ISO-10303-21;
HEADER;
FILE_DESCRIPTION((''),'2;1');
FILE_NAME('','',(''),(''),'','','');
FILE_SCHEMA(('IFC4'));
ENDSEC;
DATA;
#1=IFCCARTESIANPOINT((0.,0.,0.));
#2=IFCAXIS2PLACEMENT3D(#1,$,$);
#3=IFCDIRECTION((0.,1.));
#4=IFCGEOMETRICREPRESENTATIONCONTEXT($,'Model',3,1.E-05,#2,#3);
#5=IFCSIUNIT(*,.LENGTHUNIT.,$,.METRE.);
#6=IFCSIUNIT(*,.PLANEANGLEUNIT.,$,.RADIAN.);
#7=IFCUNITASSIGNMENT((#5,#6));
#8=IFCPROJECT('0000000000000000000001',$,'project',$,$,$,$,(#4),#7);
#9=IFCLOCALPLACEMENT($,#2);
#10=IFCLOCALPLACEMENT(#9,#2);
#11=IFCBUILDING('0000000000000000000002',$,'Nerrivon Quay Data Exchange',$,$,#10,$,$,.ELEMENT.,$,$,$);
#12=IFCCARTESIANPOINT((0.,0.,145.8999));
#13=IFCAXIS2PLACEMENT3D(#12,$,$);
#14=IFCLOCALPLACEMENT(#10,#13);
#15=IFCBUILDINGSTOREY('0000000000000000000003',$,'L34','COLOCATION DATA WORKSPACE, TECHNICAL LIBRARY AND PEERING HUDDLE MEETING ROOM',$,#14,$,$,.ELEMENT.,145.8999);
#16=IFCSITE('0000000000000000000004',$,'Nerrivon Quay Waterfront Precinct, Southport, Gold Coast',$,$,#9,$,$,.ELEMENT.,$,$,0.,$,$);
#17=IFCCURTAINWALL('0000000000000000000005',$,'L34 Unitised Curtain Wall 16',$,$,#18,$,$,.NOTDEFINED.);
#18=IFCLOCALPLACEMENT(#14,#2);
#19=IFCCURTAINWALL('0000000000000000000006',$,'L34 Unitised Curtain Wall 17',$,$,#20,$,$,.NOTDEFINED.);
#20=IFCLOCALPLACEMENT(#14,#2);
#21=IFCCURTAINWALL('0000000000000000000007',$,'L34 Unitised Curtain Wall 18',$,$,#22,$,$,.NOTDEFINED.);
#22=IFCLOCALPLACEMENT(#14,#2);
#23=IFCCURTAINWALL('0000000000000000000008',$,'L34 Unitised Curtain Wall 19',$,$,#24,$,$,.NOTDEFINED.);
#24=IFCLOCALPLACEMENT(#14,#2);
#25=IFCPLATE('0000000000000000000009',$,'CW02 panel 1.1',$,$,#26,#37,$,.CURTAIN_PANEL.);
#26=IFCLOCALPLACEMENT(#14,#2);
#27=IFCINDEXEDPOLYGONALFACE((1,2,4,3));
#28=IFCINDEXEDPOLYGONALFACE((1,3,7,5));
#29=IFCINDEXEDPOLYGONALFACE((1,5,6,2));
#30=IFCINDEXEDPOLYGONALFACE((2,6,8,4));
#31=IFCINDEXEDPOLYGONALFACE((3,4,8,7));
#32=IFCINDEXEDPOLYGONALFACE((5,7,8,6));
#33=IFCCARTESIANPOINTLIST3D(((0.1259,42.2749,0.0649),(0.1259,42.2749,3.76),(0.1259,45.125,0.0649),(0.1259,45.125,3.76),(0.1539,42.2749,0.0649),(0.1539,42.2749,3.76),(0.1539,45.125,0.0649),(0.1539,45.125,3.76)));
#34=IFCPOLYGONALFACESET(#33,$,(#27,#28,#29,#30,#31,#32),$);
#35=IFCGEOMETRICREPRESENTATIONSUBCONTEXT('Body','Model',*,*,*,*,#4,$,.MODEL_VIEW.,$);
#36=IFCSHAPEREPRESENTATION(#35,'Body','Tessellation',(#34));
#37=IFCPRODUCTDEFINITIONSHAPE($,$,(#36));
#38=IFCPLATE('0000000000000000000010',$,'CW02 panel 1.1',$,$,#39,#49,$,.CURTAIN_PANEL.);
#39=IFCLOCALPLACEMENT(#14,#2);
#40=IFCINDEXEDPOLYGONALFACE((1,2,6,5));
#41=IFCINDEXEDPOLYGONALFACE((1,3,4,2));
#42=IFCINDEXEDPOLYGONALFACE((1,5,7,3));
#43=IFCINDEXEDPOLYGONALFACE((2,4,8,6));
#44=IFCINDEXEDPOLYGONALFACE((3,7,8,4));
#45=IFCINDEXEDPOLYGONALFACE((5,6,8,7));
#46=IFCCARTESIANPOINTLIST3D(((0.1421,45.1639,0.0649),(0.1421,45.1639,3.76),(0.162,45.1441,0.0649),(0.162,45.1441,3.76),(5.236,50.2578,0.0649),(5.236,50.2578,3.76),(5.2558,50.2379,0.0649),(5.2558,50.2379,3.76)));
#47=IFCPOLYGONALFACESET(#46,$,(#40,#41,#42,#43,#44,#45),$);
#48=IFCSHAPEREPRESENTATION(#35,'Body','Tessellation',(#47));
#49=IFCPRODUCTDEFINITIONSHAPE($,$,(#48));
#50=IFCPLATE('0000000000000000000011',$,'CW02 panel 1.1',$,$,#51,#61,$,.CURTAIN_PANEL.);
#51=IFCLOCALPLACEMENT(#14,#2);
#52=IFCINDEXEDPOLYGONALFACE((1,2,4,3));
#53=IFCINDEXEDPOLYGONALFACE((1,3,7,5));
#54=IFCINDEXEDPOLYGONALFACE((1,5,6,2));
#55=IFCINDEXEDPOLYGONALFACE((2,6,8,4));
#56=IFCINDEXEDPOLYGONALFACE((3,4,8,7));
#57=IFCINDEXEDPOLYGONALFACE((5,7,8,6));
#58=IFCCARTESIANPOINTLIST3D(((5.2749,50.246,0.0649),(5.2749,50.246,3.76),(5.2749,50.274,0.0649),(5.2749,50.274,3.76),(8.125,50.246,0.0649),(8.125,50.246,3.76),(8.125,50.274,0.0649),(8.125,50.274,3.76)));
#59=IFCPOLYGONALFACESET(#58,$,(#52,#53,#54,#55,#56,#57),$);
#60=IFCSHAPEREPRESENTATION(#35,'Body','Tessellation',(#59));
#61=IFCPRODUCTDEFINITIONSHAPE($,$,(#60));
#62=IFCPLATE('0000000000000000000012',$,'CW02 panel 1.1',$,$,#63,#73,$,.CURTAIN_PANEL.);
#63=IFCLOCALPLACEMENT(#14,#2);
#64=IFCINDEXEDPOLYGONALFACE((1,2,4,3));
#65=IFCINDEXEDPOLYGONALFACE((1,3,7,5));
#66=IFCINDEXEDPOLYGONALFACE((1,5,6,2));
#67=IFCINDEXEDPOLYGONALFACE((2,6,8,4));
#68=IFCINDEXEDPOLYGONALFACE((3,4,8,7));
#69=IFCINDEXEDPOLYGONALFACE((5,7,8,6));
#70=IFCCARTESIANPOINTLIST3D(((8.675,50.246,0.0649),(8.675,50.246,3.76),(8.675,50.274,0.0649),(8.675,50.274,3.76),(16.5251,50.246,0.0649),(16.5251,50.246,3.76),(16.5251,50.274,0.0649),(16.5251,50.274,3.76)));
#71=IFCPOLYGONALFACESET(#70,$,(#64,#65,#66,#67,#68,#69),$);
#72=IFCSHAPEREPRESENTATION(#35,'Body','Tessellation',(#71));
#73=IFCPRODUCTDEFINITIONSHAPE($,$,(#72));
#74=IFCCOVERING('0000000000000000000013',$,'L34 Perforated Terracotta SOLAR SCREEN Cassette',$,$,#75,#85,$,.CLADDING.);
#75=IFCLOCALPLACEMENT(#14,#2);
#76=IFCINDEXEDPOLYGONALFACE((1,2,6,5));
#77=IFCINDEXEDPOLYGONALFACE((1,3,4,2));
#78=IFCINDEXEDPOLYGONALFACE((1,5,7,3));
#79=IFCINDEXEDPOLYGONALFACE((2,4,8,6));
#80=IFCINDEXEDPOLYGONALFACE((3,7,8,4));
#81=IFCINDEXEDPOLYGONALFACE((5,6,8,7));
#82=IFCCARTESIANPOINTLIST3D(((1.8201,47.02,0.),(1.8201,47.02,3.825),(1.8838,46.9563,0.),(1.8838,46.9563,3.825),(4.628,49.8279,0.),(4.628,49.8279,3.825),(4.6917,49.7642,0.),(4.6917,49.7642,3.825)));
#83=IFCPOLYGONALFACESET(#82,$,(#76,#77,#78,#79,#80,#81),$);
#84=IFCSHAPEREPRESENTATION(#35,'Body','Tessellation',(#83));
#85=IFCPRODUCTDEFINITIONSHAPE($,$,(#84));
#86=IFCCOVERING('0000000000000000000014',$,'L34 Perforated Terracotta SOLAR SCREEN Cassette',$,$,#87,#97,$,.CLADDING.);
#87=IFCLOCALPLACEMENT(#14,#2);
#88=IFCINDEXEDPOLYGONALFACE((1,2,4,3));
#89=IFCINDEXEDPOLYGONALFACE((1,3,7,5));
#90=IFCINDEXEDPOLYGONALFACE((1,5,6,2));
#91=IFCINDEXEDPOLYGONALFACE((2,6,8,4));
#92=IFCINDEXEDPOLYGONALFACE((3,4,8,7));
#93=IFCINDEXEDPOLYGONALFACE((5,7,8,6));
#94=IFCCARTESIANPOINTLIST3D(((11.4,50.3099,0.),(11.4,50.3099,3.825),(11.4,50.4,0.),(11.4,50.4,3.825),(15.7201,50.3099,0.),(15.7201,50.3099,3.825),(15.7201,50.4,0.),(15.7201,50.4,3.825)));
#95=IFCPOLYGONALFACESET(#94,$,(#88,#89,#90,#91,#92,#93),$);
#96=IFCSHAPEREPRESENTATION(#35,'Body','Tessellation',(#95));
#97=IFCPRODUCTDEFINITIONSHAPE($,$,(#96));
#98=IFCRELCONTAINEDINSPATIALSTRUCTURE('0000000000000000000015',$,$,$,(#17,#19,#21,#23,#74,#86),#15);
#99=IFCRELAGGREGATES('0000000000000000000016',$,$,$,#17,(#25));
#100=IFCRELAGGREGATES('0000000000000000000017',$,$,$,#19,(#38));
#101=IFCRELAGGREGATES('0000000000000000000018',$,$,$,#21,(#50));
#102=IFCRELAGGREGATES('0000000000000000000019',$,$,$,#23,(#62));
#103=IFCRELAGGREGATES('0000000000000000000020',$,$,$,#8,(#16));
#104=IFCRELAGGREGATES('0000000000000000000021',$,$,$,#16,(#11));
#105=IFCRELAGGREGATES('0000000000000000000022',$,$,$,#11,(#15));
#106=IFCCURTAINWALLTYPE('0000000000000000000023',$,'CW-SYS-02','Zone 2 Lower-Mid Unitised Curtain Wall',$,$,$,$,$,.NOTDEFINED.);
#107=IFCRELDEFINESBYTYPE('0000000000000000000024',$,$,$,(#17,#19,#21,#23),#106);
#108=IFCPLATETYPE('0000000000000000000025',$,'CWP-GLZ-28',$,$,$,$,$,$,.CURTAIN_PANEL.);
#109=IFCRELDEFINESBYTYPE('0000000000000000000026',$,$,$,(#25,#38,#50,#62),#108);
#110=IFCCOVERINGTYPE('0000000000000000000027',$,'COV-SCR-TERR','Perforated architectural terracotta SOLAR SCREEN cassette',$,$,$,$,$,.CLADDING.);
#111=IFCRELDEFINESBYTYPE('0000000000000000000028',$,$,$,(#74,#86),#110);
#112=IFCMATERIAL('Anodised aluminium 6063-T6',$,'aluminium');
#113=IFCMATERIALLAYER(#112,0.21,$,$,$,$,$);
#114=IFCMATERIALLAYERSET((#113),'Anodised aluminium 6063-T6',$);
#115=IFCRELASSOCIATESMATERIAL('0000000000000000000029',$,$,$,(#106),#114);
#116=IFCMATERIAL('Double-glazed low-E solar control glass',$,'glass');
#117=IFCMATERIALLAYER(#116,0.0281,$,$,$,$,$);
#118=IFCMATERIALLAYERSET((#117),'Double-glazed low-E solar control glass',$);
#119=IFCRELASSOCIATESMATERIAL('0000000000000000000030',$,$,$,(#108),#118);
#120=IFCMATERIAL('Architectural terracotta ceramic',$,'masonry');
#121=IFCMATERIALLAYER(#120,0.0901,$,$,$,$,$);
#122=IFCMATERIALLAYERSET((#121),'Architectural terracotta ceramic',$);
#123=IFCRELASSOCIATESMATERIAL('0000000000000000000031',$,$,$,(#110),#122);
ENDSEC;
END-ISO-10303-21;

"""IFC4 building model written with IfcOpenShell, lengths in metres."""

from ifc_helpers import new_model, si_unit, direction, frame, origin, origin_2d, place, context, subcontext, project, spatial, rectangle, extrude, material, layer, layer_set, type_object, element, aggregate, save


model = new_model("IFC4")

# Units and contexts
model_context = context("Model", 3, precision=1e-05, world=origin(), true_north=direction((0.0, 1.0)))
body_context = subcontext(model_context, "Body", "Model", "MODEL_VIEW")
ifc_project = project(units=[si_unit("LENGTHUNIT", "METRE"), si_unit("PLANEANGLEUNIT", "RADIAN")], contexts=[model_context])

# Site, building, storey
site_placement = place(None, origin())
site = spatial("IfcSite", under=ifc_project, at=site_placement, Name="Nerrivon Quay Waterfront Precinct, Southport, Gold Coast", CompositionType="ELEMENT", RefElevation=0.0)
building_placement = place(site_placement, origin())
building = spatial("IfcBuilding", under=site, at=building_placement, Name="Nerrivon Quay Data Exchange", CompositionType="ELEMENT")
storey_placement = place(building_placement, frame((0.0, 0.0, 145.8999)))
storey = spatial("IfcBuildingStorey", under=building, at=storey_placement, Name="L34", Description="COLOCATION DATA WORKSPACE, TECHNICAL LIBRARY AND PEERING HUDDLE MEETING ROOM", CompositionType="ELEMENT", Elevation=145.8999)

# Curtain walls
ifc_material_1 = material(Name="Anodised aluminium 6063-T6", Category="aluminium")
ifc_layer_1 = layer(ifc_material_1, 0.21)
ifc_layer_set_1 = layer_set([ifc_layer_1], Name="Anodised aluminium 6063-T6")
curtain_wall_type = type_object("IfcCurtainWallType", Name="CW-SYS-02", Description="Zone 2 Lower-Mid Unitised Curtain Wall", PredefinedType="NOTDEFINED", material=ifc_layer_set_1)
curtain_wall_1_placement = place(storey_placement, origin())
curtain_wall_1 = element("IfcCurtainWall", 1, at=curtain_wall_1_placement, inside=storey, type_object=curtain_wall_type, Name="L34 Unitised Curtain Wall 16", PredefinedType="NOTDEFINED")
curtain_wall_2_placement = place(storey_placement, origin())
curtain_wall_2 = element("IfcCurtainWall", 2, at=curtain_wall_2_placement, inside=storey, type_object=curtain_wall_type, Name="L34 Unitised Curtain Wall 17", PredefinedType="NOTDEFINED")
curtain_wall_3_placement = place(storey_placement, origin())
curtain_wall_3 = element("IfcCurtainWall", 3, at=curtain_wall_3_placement, inside=storey, type_object=curtain_wall_type, Name="L34 Unitised Curtain Wall 18", PredefinedType="NOTDEFINED")

# Curtain wall
curtain_wall_4_placement = place(storey_placement, origin())
curtain_wall_4 = element("IfcCurtainWall", 4, at=curtain_wall_4_placement, inside=storey, type_object=curtain_wall_type, Name="L34 Unitised Curtain Wall 19", PredefinedType="NOTDEFINED")

# Plates
ifc_material_2 = material(Name="Double-glazed low-E solar control glass", Category="glass")
ifc_layer_2 = layer(ifc_material_2, 0.0281)
ifc_layer_set_2 = layer_set([ifc_layer_2], Name="Double-glazed low-E solar control glass")
plate_type = type_object("IfcPlateType", Name="CWP-GLZ-28", PredefinedType="CURTAIN_PANEL", material=ifc_layer_set_2)
plate_1_placement = place(storey_placement, frame((0.1399, 43.7, 0.0649), z_axis=(0.0, 0.0, 1.0), x_axis=(0.0, 1.0, 0.0)))
plate_1 = element("IfcPlate", 5, at=plate_1_placement, type_object=plate_type, Name="CW02 panel 1.1", PredefinedType="CURTAIN_PANEL", context=body_context, shape_type="SweptSolid", body=[
    extrude(rectangle(XDim=2.8501, YDim=0.0281, at=origin_2d()), origin(), (0.0, 0.0, 1.0), 3.6951),
])
aggregate(curtain_wall_1, [plate_1])
plate_2_placement = place(storey_placement, frame((2.699, 47.7009, 0.0649), z_axis=(0.0, 0.0, 1.0), x_axis=(0.707107, 0.707107, 0.0)))
plate_2 = element("IfcPlate", 6, at=plate_2_placement, type_object=plate_type, Name="CW02 panel 1.1", PredefinedType="CURTAIN_PANEL", context=body_context, shape_type="SweptSolid", body=[
    extrude(rectangle(XDim=7.2039, YDim=0.0281, at=origin_2d()), origin(), (0.0, 0.0, 1.0), 3.6951),
])
aggregate(curtain_wall_2, [plate_2])
plate_3_placement = place(storey_placement, frame((6.7, 50.26, 0.0649), z_axis=(0.0, 0.0, 1.0), x_axis=(1.0, 0.0, 0.0)))
plate_3 = element("IfcPlate", 7, at=plate_3_placement, type_object=plate_type, Name="CW02 panel 1.1", PredefinedType="CURTAIN_PANEL", context=body_context, shape_type="SweptSolid", body=[
    extrude(rectangle(XDim=2.8501, YDim=0.0281, at=origin_2d()), origin(), (0.0, 0.0, 1.0), 3.6951),
])
aggregate(curtain_wall_3, [plate_3])
plate_4_placement = place(storey_placement, frame((12.6001, 50.26, 0.0649), z_axis=(0.0, 0.0, 1.0), x_axis=(1.0, 0.0, 0.0)))
plate_4 = element("IfcPlate", 8, at=plate_4_placement, type_object=plate_type, Name="CW02 panel 1.1", PredefinedType="CURTAIN_PANEL", context=body_context, shape_type="SweptSolid", body=[
    extrude(rectangle(XDim=7.8501, YDim=0.0281, at=origin_2d()), origin(), (0.0, 0.0, 1.0), 3.6951),
])
aggregate(curtain_wall_4, [plate_4])

# Coverings
ifc_material_3 = material(Name="Architectural terracotta ceramic", Category="masonry")
ifc_layer_3 = layer(ifc_material_3, 0.0901)
ifc_layer_set_3 = layer_set([ifc_layer_3], Name="Architectural terracotta ceramic")
covering_type = type_object("IfcCoveringType", Name="COV-SCR-TERR", Description="Perforated architectural terracotta SOLAR SCREEN cassette", PredefinedType="CLADDING", material=ifc_layer_set_3)
covering_1_placement = place(storey_placement, frame((3.2559, 48.3921, 0.0), z_axis=(0.0, 0.0, 1.0), x_axis=(0.707107, 0.707107, 0.0)))
element("IfcCovering", 9, at=covering_1_placement, inside=storey, type_object=covering_type, Name="L34 Perforated Terracotta SOLAR SCREEN Cassette", PredefinedType="CLADDING", context=body_context, shape_type="SweptSolid", body=[
    extrude(rectangle(XDim=3.9709, YDim=0.0901, at=origin_2d()), origin(), (0.0, 0.0, 1.0), 3.825),
])
covering_2_placement = place(storey_placement, frame((13.5601, 50.355, 0.0), z_axis=(0.0, 0.0, 1.0), x_axis=(1.0, 0.0, 0.0)))
element("IfcCovering", 10, at=covering_2_placement, inside=storey, type_object=covering_type, Name="L34 Perforated Terracotta SOLAR SCREEN Cassette", PredefinedType="CLADDING", context=body_context, shape_type="SweptSolid", body=[
    extrude(rectangle(XDim=4.3201, YDim=0.0901, at=origin_2d()), origin(), (0.0, 0.0, 1.0), 3.825),
])

save(model, "model.ifc")
